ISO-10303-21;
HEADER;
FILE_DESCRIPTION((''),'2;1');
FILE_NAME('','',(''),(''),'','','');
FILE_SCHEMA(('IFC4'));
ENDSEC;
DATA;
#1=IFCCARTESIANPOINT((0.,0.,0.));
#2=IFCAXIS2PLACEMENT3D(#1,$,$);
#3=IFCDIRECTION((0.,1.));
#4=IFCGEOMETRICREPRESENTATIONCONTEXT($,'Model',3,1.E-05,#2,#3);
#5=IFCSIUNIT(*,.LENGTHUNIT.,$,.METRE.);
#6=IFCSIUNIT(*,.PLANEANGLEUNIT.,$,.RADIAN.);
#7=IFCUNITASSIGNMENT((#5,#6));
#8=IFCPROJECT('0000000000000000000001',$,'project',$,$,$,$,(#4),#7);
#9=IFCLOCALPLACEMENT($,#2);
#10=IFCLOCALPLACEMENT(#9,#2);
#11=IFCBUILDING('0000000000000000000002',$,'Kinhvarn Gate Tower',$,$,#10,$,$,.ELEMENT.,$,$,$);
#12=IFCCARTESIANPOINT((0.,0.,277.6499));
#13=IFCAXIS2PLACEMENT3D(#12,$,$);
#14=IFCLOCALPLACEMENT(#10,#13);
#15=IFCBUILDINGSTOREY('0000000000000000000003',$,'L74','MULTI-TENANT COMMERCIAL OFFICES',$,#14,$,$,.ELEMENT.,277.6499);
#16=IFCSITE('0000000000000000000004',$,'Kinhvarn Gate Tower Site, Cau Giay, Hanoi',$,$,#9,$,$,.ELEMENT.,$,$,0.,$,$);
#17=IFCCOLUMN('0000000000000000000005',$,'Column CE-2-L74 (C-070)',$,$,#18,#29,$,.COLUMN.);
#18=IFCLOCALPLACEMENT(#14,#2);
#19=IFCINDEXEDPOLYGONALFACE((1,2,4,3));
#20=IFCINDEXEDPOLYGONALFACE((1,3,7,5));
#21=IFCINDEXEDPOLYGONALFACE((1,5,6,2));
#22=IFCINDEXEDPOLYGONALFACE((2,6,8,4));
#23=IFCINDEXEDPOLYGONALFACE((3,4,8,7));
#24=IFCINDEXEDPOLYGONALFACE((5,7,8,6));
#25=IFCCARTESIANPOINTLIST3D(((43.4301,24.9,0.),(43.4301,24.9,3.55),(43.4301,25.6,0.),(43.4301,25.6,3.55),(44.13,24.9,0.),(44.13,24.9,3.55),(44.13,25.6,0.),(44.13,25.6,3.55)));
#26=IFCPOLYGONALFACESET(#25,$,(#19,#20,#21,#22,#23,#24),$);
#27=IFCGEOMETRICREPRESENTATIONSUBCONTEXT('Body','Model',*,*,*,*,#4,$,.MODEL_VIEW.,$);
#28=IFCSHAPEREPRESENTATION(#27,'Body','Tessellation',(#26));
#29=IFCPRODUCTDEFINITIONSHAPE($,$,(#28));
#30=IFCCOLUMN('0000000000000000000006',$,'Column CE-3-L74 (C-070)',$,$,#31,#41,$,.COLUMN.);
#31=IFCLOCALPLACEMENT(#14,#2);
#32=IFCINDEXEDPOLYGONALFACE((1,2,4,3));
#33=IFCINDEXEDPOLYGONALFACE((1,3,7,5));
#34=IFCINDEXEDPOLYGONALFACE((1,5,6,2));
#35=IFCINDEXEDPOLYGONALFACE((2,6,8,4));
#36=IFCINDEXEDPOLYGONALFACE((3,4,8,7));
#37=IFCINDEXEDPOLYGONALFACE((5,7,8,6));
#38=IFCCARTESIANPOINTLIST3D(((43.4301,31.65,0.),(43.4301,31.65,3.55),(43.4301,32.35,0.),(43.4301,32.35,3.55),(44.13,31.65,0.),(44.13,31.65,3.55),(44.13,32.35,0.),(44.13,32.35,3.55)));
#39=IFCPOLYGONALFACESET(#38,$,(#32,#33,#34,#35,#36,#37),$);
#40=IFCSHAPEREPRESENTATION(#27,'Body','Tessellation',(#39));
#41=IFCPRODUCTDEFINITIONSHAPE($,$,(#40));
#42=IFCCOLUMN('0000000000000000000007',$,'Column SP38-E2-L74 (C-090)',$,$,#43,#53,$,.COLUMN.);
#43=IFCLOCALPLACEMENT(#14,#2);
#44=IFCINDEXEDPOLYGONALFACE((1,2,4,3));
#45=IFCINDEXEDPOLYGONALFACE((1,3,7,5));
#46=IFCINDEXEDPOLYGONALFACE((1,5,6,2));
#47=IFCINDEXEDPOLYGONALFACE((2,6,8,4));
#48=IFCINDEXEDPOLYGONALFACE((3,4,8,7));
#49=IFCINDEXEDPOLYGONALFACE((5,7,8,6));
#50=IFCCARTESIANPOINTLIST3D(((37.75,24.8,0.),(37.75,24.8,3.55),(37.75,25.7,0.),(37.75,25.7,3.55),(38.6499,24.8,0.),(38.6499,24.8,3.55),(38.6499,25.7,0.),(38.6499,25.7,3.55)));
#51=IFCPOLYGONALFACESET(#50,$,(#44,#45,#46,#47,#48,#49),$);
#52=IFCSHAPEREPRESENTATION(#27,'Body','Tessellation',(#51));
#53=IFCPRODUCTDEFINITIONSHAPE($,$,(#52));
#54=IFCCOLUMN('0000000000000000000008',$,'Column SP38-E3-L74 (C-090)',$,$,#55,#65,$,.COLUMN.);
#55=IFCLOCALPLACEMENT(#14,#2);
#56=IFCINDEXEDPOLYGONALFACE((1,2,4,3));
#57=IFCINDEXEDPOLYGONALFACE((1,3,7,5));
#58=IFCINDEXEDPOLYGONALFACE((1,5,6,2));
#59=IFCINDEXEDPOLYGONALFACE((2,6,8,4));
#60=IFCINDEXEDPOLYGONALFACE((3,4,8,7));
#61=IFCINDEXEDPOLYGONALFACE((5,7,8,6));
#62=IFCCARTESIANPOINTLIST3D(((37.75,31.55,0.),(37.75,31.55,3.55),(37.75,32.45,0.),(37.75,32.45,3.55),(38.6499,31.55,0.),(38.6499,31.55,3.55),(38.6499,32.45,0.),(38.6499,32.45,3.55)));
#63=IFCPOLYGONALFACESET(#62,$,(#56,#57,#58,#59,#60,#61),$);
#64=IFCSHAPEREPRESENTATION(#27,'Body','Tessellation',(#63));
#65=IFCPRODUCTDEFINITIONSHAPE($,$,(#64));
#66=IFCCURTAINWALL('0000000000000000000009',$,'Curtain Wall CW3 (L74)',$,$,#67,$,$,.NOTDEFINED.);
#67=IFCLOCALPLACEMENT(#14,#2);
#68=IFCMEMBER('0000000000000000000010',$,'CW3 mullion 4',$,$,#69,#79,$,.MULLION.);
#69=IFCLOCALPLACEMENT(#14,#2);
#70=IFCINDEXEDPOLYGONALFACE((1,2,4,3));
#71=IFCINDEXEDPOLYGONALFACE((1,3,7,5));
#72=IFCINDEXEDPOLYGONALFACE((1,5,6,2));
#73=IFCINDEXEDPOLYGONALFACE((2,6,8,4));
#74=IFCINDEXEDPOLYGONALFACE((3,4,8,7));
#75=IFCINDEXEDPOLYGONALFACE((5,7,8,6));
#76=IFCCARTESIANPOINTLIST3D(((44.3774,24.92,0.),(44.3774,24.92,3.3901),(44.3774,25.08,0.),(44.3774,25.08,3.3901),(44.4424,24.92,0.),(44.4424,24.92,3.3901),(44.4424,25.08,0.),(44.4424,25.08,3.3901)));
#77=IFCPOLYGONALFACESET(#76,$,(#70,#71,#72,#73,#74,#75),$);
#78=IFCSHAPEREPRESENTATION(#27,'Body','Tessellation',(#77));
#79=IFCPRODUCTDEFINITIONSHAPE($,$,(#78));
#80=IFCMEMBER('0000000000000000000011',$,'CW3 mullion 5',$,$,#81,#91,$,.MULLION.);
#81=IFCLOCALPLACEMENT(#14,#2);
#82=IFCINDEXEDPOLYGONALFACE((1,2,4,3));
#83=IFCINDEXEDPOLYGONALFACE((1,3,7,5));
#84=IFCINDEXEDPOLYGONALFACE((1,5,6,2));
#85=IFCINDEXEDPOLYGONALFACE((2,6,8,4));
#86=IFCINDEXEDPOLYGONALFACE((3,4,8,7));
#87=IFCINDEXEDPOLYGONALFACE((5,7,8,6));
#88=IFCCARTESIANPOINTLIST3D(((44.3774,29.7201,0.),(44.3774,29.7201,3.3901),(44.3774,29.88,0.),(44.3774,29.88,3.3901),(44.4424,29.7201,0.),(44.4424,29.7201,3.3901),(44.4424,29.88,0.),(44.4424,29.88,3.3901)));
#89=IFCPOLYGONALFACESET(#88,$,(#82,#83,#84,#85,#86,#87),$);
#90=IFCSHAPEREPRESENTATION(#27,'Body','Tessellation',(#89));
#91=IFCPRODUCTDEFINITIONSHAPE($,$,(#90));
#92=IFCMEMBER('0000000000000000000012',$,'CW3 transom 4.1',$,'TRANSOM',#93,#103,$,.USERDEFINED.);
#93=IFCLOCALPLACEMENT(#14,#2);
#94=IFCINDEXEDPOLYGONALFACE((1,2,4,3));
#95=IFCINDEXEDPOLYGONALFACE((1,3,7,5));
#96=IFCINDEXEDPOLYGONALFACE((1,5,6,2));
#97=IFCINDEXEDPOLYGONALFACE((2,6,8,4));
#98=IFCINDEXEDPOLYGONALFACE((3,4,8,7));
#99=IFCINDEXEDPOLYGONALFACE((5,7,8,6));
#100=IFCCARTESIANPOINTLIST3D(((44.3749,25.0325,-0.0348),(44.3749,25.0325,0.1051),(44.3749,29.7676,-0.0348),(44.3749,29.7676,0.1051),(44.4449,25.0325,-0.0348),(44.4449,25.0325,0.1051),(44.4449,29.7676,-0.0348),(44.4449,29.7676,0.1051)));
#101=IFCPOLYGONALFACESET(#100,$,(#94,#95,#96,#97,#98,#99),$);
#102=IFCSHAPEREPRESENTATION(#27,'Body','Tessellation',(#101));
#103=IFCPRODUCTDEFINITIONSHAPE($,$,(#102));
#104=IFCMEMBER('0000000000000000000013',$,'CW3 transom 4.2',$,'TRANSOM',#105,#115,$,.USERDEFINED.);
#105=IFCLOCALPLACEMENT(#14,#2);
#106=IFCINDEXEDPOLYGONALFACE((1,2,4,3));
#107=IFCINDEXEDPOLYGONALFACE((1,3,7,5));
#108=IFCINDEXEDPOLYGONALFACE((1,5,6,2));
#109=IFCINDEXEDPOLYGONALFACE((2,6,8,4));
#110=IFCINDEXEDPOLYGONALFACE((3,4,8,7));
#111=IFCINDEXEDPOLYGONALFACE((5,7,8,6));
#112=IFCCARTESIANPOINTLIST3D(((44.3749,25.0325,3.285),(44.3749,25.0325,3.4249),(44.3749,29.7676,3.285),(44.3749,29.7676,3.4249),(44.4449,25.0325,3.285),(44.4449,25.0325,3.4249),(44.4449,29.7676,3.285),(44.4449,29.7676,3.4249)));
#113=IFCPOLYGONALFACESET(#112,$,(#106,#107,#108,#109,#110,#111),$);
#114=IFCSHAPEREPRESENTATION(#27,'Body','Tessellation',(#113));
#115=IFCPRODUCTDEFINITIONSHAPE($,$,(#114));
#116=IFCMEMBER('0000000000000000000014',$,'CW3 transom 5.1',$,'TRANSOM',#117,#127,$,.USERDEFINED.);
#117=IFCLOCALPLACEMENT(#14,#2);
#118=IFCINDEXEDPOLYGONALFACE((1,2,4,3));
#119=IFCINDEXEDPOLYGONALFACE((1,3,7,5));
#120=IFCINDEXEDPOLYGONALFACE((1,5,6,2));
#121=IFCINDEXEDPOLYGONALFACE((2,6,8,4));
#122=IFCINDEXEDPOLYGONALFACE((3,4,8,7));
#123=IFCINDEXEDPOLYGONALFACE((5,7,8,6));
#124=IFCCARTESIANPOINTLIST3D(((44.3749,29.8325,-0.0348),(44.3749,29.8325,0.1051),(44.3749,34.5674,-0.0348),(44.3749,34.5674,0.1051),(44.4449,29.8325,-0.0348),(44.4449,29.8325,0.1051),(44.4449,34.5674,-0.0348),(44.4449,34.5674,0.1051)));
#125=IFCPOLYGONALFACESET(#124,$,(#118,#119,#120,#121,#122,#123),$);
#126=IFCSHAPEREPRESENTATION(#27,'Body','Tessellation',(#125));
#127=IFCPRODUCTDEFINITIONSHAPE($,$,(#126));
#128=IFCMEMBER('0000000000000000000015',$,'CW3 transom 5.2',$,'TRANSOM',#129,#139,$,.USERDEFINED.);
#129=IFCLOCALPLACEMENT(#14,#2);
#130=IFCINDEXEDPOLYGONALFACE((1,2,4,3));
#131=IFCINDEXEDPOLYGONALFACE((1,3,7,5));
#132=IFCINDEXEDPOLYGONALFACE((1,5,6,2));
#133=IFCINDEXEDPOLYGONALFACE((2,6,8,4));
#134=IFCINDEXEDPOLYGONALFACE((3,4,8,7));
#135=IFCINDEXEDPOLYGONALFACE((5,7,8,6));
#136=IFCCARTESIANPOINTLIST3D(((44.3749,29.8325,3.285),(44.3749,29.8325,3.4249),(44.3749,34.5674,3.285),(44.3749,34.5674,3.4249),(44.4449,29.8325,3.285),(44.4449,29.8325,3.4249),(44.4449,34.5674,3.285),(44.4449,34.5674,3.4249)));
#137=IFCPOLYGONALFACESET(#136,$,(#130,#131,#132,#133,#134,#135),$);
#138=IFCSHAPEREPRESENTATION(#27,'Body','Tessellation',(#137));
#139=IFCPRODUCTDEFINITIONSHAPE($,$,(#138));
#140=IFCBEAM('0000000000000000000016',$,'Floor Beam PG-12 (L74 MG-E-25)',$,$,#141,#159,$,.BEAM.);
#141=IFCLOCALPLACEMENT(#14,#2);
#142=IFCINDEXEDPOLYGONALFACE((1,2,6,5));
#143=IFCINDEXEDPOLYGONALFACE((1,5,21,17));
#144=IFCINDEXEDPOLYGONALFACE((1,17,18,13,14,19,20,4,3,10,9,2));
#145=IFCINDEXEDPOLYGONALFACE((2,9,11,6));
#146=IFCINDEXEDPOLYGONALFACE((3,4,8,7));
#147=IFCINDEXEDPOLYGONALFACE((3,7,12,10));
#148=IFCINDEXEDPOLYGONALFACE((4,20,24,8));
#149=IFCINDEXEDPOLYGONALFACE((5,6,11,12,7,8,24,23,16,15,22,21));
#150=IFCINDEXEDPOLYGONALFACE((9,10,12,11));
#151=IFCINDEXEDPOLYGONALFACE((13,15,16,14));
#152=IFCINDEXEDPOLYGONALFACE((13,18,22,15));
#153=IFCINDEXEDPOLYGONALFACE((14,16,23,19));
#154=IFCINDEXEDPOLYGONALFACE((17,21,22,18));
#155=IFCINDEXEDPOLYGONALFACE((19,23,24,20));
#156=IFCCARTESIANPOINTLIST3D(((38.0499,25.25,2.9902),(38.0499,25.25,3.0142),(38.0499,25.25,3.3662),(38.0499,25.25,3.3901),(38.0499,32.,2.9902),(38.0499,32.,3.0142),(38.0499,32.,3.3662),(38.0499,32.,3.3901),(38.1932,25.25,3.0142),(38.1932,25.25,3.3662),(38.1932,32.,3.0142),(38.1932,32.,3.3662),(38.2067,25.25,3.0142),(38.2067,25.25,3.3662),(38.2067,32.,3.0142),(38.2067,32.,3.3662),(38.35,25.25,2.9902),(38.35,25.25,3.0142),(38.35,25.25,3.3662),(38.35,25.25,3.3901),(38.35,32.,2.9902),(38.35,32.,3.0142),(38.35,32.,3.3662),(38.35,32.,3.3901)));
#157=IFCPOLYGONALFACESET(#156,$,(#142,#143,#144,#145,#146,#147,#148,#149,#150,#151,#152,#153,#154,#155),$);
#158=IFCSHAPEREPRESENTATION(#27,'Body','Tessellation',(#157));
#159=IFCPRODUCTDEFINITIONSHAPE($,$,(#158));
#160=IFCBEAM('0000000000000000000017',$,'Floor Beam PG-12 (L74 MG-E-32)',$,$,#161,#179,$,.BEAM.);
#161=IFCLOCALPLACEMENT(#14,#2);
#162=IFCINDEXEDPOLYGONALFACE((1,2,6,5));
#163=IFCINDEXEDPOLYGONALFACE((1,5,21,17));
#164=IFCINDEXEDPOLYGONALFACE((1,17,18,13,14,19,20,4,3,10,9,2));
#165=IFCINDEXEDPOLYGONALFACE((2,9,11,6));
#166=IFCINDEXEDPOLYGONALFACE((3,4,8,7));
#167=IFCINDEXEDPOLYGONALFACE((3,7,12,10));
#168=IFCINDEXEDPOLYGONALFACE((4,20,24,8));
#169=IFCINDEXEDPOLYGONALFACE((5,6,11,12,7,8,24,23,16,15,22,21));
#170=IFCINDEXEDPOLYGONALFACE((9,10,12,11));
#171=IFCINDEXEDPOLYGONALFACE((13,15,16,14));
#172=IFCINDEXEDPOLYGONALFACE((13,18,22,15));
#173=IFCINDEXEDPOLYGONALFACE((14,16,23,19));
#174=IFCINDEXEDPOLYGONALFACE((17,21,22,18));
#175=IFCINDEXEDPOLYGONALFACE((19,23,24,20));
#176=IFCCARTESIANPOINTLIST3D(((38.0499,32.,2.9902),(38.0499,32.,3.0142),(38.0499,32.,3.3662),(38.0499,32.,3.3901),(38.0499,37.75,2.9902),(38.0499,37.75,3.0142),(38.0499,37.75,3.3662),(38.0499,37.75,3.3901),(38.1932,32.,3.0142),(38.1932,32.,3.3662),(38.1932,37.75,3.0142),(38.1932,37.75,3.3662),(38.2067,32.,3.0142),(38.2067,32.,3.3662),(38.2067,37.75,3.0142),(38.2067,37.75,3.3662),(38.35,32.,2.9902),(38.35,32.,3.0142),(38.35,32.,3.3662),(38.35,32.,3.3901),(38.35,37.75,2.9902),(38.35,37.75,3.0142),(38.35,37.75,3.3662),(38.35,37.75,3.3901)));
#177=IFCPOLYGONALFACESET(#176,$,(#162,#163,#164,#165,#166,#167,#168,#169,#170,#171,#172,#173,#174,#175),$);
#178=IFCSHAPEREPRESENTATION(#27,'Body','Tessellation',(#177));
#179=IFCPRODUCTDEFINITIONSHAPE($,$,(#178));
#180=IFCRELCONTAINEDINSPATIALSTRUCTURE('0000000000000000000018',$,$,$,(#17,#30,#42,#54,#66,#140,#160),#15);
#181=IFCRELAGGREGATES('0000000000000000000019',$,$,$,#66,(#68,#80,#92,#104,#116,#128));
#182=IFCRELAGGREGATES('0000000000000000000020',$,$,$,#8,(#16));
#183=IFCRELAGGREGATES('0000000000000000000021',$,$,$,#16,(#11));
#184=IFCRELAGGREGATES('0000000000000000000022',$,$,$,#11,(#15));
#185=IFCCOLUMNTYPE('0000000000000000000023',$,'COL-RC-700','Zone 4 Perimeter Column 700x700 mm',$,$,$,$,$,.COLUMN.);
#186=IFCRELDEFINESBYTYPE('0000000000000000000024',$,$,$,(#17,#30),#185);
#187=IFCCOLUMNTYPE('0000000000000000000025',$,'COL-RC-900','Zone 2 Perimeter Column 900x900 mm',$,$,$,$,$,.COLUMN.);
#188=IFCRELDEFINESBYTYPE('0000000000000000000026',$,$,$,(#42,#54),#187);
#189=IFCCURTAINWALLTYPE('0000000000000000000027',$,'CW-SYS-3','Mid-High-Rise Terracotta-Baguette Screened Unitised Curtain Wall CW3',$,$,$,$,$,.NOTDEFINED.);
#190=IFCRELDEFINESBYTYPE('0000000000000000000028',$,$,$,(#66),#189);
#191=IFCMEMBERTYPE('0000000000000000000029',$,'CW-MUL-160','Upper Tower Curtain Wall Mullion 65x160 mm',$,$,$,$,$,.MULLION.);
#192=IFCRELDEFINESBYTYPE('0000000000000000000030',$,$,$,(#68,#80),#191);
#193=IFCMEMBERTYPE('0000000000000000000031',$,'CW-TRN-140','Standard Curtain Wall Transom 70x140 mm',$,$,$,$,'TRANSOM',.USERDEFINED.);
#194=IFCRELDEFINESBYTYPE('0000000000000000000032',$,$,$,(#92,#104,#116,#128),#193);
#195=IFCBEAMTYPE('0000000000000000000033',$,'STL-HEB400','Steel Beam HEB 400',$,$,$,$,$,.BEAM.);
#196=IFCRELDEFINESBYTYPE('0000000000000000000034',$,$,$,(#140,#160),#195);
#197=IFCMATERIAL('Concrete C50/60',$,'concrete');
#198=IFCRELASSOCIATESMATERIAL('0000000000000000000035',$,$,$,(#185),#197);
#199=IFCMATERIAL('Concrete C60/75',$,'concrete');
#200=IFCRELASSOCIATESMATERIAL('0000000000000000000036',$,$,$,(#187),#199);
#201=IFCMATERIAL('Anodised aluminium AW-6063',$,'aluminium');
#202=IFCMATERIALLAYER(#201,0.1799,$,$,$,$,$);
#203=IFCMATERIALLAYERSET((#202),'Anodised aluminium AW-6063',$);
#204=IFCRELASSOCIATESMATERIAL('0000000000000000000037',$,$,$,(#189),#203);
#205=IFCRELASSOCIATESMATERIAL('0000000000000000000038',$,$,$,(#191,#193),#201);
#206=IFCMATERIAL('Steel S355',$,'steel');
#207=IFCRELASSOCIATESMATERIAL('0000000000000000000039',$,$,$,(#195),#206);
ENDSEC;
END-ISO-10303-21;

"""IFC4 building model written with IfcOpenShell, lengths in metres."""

from ifc_helpers import new_model, si_unit, direction, frame, origin, origin_2d, place, context, subcontext, project, spatial, rectangle, i_section, extrude, material, layer, layer_set, material_profile, profile_set, type_object, element, aggregate, save


model = new_model("IFC4")

# Units and contexts
model_context = context("Model", 3, precision=1e-05, world=origin(), true_north=direction((0.0, 1.0)))
body_context = subcontext(model_context, "Body", "Model", "MODEL_VIEW")
ifc_project = project(units=[si_unit("LENGTHUNIT", "METRE"), si_unit("PLANEANGLEUNIT", "RADIAN")], contexts=[model_context])

# Site, building, storey
site_placement = place(None, origin())
site = spatial("IfcSite", under=ifc_project, at=site_placement, Name="Kinhvarn Gate Tower Site, Cau Giay, Hanoi", CompositionType="ELEMENT", RefElevation=0.0)
building_placement = place(site_placement, origin())
building = spatial("IfcBuilding", under=site, at=building_placement, Name="Kinhvarn Gate Tower", CompositionType="ELEMENT")
storey_placement = place(building_placement, frame((0.0, 0.0, 277.6499)))
storey = spatial("IfcBuildingStorey", under=building, at=storey_placement, Name="L74", Description="MULTI-TENANT COMMERCIAL OFFICES", CompositionType="ELEMENT", Elevation=277.6499)

# Columns
ifc_material_1 = material(Name="Concrete C50/60", Category="concrete")
ifc_material_profile_1 = material_profile(ifc_material_1, rectangle(XDim=0.7, YDim=0.7, at=origin_2d()), Name="RC 700x700")
ifc_profile_set_1 = profile_set([ifc_material_profile_1], Name="Concrete C50/60")
column_type_1 = type_object("IfcColumnType", Name="COL-RC-700", Description="Zone 4 Perimeter Column 700x700 mm", PredefinedType="COLUMN", material=ifc_profile_set_1)
for number, where, z_axis, x_axis, name in (
    (1, (43.78, 25.25, 0.0), (0.0, 0.0, 1.0), (1.0, 0.0, 0.0), "Column CE-2-L74 (C-070)"),
    (2, (43.78, 32.0, 0.0), (0.0, 0.0, 1.0), (1.0, 0.0, 0.0), "Column CE-3-L74 (C-070)"),
):
    element("IfcColumn", number, at=place(storey_placement, frame(where, z_axis=z_axis, x_axis=x_axis)), inside=storey, type_object=column_type_1, Name=name, PredefinedType="COLUMN", context=body_context, shape_type="SweptSolid", body=[
        extrude(rectangle(XDim=0.7, YDim=0.7, at=origin_2d()), origin(), (0.0, 0.0, 1.0), 3.55),
    ])
ifc_material_2 = material(Name="Concrete C60/75", Category="concrete")
ifc_material_profile_2 = material_profile(ifc_material_2, rectangle(XDim=0.8999, YDim=0.8999, at=origin_2d()), Name="RC 900x900")
ifc_profile_set_2 = profile_set([ifc_material_profile_2], Name="Concrete C60/75")
column_type_2 = type_object("IfcColumnType", Name="COL-RC-900", Description="Zone 2 Perimeter Column 900x900 mm", PredefinedType="COLUMN", material=ifc_profile_set_2)
for number, where, z_axis, x_axis, name in (
    (3, (38.2, 25.25, 0.0), (0.0, 0.0, 1.0), (1.0, 0.0, 0.0), "Column SP38-E2-L74 (C-090)"),
    (4, (38.2, 32.0, 0.0), (0.0, 0.0, 1.0), (1.0, 0.0, 0.0), "Column SP38-E3-L74 (C-090)"),
):
    element("IfcColumn", number, at=place(storey_placement, frame(where, z_axis=z_axis, x_axis=x_axis)), inside=storey, type_object=column_type_2, Name=name, PredefinedType="COLUMN", context=body_context, shape_type="SweptSolid", body=[
        extrude(rectangle(XDim=0.8999, YDim=0.8999, at=origin_2d()), origin(), (0.0, 0.0, 1.0), 3.55),
    ])

# Curtain wall, members
ifc_material_3 = material(Name="Anodised aluminium AW-6063", Category="aluminium")
ifc_layer_1 = layer(ifc_material_3, 0.1799)
ifc_layer_set_1 = layer_set([ifc_layer_1], Name="Anodised aluminium AW-6063")
curtain_wall_type = type_object("IfcCurtainWallType", Name="CW-SYS-3", Description="Mid-High-Rise Terracotta-Baguette Screened Unitised Curtain Wall CW3", PredefinedType="NOTDEFINED", material=ifc_layer_set_1)
curtain_wall_placement = place(storey_placement, origin())
curtain_wall = element("IfcCurtainWall", 5, at=curtain_wall_placement, inside=storey, type_object=curtain_wall_type, Name="Curtain Wall CW3 (L74)", PredefinedType="NOTDEFINED")
ifc_material_profile_3 = material_profile(ifc_material_3, rectangle(XDim=0.0649, YDim=0.1599, at=origin_2d()), Name="ALU 65x160")
ifc_profile_set_3 = profile_set([ifc_material_profile_3], Name="Anodised aluminium AW-6063")
member_type_1 = type_object("IfcMemberType", Name="CW-MUL-160", Description="Upper Tower Curtain Wall Mullion 65x160 mm", PredefinedType="MULLION", material=ifc_profile_set_3)
member_1_placement = place(storey_placement, frame((44.4099, 25.0, 0.0), z_axis=(0.0, 0.0, 1.0), x_axis=(-1.0, 0.0, 0.0)))
member_1 = element("IfcMember", 6, at=member_1_placement, type_object=member_type_1, Name="CW3 mullion 4", PredefinedType="MULLION", context=body_context, shape_type="SweptSolid", body=[
    extrude(rectangle(XDim=0.0649, YDim=0.1599, at=origin_2d()), origin(), (0.0, 0.0, 1.0), 3.3901),
])
member_2_placement = place(storey_placement, frame((44.4099, 29.8, 0.0), z_axis=(0.0, 0.0, 1.0), x_axis=(-1.0, 0.0, 0.0)))
member_2 = element("IfcMember", 7, at=member_2_placement, type_object=member_type_1, Name="CW3 mullion 5", PredefinedType="MULLION", context=body_context, shape_type="SweptSolid", body=[
    extrude(rectangle(XDim=0.0649, YDim=0.1599, at=origin_2d()), origin(), (0.0, 0.0, 1.0), 3.3901),
])
ifc_material_profile_4 = material_profile(ifc_material_3, rectangle(XDim=0.0701, YDim=0.1399, at=origin_2d()), Name="ALU 70x140")
ifc_profile_set_4 = profile_set([ifc_material_profile_4], Name="Anodised aluminium AW-6063")
member_type_2 = type_object("IfcMemberType", Name="CW-TRN-140", Description="Standard Curtain Wall Transom 70x140 mm", ElementType="TRANSOM", PredefinedType="USERDEFINED", material=ifc_profile_set_4)
member_3_placement = place(storey_placement, frame((44.4099, 25.0325, 0.0352), z_axis=(0.0, 1.0, 0.0), x_axis=(-1.0, 0.0, 0.0)))
member_3 = element("IfcMember", 8, at=member_3_placement, type_object=member_type_2, Name="CW3 transom 4.1", ObjectType="TRANSOM", PredefinedType="USERDEFINED", context=body_context, shape_type="SweptSolid", body=[
    extrude(rectangle(XDim=0.0701, YDim=0.1399, at=origin_2d()), origin(), (0.0, 0.0, 1.0), 4.7351),
])
member_4_placement = place(storey_placement, frame((44.4099, 25.0325, 3.355), z_axis=(0.0, 1.0, 0.0), x_axis=(-1.0, 0.0, 0.0)))
member_4 = element("IfcMember", 9, at=member_4_placement, type_object=member_type_2, Name="CW3 transom 4.2", ObjectType="TRANSOM", PredefinedType="USERDEFINED", context=body_context, shape_type="SweptSolid", body=[
    extrude(rectangle(XDim=0.0701, YDim=0.1399, at=origin_2d()), origin(), (0.0, 0.0, 1.0), 4.7351),
])
member_5_placement = place(storey_placement, frame((44.4099, 29.8325, 0.0352), z_axis=(0.0, 1.0, 0.0), x_axis=(-1.0, 0.0, 0.0)))
member_5 = element("IfcMember", 10, at=member_5_placement, type_object=member_type_2, Name="CW3 transom 5.1", ObjectType="TRANSOM", PredefinedType="USERDEFINED", context=body_context, shape_type="SweptSolid", body=[
    extrude(rectangle(XDim=0.0701, YDim=0.1399, at=origin_2d()), origin(), (0.0, 0.0, 1.0), 4.7349),
])
member_6_placement = place(storey_placement, frame((44.4099, 29.8325, 3.355), z_axis=(0.0, 1.0, 0.0), x_axis=(-1.0, 0.0, 0.0)))
member_6 = element("IfcMember", 11, at=member_6_placement, type_object=member_type_2, Name="CW3 transom 5.2", ObjectType="TRANSOM", PredefinedType="USERDEFINED", context=body_context, shape_type="SweptSolid", body=[
    extrude(rectangle(XDim=0.0701, YDim=0.1399, at=origin_2d()), origin(), (0.0, 0.0, 1.0), 4.7349),
])

# Beams
ifc_material_4 = material(Name="Steel S355", Category="steel")
ifc_material_profile_5 = material_profile(ifc_material_4, i_section(OverallWidth=0.3, OverallDepth=0.3999, WebThickness=0.0134, FlangeThickness=0.0239, at=origin_2d()), Name="HEB 400")
ifc_profile_set_5 = profile_set([ifc_material_profile_5], Name="Steel S355")
beam_type_1 = type_object("IfcBeamType", Name="STL-HEB400", Description="Steel Beam HEB 400", PredefinedType="BEAM", material=ifc_profile_set_5)
beam_1_placement = place(storey_placement, frame((38.2, 25.25, 3.1902), z_axis=(0.0, 1.0, 0.0), x_axis=(-1.0, 0.0, 0.0)))
element("IfcBeam", 12, at=beam_1_placement, inside=storey, type_object=beam_type_1, Name="Floor Beam PG-12 (L74 MG-E-25)", PredefinedType="BEAM", context=body_context, shape_type="SweptSolid", body=[
    extrude(i_section(OverallWidth=0.3, OverallDepth=0.3999, WebThickness=0.0134, FlangeThickness=0.0239, at=origin_2d()), origin(), (0.0, 0.0, 1.0), 6.75),
])
beam_2_placement = place(storey_placement, frame((38.2, 32.0, 3.1902), z_axis=(0.0, 1.0, 0.0), x_axis=(-1.0, 0.0, 0.0)))
element("IfcBeam", 13, at=beam_2_placement, inside=storey, type_object=beam_type_1, Name="Floor Beam PG-12 (L74 MG-E-32)", PredefinedType="BEAM", context=body_context, shape_type="SweptSolid", body=[
    extrude(i_section(OverallWidth=0.3, OverallDepth=0.3999, WebThickness=0.0134, FlangeThickness=0.0239, at=origin_2d()), origin(), (0.0, 0.0, 1.0), 5.75),
])

aggregate(curtain_wall, [member_1, member_2, member_3, member_4, member_5, member_6])

save(model, "model.ifc")
